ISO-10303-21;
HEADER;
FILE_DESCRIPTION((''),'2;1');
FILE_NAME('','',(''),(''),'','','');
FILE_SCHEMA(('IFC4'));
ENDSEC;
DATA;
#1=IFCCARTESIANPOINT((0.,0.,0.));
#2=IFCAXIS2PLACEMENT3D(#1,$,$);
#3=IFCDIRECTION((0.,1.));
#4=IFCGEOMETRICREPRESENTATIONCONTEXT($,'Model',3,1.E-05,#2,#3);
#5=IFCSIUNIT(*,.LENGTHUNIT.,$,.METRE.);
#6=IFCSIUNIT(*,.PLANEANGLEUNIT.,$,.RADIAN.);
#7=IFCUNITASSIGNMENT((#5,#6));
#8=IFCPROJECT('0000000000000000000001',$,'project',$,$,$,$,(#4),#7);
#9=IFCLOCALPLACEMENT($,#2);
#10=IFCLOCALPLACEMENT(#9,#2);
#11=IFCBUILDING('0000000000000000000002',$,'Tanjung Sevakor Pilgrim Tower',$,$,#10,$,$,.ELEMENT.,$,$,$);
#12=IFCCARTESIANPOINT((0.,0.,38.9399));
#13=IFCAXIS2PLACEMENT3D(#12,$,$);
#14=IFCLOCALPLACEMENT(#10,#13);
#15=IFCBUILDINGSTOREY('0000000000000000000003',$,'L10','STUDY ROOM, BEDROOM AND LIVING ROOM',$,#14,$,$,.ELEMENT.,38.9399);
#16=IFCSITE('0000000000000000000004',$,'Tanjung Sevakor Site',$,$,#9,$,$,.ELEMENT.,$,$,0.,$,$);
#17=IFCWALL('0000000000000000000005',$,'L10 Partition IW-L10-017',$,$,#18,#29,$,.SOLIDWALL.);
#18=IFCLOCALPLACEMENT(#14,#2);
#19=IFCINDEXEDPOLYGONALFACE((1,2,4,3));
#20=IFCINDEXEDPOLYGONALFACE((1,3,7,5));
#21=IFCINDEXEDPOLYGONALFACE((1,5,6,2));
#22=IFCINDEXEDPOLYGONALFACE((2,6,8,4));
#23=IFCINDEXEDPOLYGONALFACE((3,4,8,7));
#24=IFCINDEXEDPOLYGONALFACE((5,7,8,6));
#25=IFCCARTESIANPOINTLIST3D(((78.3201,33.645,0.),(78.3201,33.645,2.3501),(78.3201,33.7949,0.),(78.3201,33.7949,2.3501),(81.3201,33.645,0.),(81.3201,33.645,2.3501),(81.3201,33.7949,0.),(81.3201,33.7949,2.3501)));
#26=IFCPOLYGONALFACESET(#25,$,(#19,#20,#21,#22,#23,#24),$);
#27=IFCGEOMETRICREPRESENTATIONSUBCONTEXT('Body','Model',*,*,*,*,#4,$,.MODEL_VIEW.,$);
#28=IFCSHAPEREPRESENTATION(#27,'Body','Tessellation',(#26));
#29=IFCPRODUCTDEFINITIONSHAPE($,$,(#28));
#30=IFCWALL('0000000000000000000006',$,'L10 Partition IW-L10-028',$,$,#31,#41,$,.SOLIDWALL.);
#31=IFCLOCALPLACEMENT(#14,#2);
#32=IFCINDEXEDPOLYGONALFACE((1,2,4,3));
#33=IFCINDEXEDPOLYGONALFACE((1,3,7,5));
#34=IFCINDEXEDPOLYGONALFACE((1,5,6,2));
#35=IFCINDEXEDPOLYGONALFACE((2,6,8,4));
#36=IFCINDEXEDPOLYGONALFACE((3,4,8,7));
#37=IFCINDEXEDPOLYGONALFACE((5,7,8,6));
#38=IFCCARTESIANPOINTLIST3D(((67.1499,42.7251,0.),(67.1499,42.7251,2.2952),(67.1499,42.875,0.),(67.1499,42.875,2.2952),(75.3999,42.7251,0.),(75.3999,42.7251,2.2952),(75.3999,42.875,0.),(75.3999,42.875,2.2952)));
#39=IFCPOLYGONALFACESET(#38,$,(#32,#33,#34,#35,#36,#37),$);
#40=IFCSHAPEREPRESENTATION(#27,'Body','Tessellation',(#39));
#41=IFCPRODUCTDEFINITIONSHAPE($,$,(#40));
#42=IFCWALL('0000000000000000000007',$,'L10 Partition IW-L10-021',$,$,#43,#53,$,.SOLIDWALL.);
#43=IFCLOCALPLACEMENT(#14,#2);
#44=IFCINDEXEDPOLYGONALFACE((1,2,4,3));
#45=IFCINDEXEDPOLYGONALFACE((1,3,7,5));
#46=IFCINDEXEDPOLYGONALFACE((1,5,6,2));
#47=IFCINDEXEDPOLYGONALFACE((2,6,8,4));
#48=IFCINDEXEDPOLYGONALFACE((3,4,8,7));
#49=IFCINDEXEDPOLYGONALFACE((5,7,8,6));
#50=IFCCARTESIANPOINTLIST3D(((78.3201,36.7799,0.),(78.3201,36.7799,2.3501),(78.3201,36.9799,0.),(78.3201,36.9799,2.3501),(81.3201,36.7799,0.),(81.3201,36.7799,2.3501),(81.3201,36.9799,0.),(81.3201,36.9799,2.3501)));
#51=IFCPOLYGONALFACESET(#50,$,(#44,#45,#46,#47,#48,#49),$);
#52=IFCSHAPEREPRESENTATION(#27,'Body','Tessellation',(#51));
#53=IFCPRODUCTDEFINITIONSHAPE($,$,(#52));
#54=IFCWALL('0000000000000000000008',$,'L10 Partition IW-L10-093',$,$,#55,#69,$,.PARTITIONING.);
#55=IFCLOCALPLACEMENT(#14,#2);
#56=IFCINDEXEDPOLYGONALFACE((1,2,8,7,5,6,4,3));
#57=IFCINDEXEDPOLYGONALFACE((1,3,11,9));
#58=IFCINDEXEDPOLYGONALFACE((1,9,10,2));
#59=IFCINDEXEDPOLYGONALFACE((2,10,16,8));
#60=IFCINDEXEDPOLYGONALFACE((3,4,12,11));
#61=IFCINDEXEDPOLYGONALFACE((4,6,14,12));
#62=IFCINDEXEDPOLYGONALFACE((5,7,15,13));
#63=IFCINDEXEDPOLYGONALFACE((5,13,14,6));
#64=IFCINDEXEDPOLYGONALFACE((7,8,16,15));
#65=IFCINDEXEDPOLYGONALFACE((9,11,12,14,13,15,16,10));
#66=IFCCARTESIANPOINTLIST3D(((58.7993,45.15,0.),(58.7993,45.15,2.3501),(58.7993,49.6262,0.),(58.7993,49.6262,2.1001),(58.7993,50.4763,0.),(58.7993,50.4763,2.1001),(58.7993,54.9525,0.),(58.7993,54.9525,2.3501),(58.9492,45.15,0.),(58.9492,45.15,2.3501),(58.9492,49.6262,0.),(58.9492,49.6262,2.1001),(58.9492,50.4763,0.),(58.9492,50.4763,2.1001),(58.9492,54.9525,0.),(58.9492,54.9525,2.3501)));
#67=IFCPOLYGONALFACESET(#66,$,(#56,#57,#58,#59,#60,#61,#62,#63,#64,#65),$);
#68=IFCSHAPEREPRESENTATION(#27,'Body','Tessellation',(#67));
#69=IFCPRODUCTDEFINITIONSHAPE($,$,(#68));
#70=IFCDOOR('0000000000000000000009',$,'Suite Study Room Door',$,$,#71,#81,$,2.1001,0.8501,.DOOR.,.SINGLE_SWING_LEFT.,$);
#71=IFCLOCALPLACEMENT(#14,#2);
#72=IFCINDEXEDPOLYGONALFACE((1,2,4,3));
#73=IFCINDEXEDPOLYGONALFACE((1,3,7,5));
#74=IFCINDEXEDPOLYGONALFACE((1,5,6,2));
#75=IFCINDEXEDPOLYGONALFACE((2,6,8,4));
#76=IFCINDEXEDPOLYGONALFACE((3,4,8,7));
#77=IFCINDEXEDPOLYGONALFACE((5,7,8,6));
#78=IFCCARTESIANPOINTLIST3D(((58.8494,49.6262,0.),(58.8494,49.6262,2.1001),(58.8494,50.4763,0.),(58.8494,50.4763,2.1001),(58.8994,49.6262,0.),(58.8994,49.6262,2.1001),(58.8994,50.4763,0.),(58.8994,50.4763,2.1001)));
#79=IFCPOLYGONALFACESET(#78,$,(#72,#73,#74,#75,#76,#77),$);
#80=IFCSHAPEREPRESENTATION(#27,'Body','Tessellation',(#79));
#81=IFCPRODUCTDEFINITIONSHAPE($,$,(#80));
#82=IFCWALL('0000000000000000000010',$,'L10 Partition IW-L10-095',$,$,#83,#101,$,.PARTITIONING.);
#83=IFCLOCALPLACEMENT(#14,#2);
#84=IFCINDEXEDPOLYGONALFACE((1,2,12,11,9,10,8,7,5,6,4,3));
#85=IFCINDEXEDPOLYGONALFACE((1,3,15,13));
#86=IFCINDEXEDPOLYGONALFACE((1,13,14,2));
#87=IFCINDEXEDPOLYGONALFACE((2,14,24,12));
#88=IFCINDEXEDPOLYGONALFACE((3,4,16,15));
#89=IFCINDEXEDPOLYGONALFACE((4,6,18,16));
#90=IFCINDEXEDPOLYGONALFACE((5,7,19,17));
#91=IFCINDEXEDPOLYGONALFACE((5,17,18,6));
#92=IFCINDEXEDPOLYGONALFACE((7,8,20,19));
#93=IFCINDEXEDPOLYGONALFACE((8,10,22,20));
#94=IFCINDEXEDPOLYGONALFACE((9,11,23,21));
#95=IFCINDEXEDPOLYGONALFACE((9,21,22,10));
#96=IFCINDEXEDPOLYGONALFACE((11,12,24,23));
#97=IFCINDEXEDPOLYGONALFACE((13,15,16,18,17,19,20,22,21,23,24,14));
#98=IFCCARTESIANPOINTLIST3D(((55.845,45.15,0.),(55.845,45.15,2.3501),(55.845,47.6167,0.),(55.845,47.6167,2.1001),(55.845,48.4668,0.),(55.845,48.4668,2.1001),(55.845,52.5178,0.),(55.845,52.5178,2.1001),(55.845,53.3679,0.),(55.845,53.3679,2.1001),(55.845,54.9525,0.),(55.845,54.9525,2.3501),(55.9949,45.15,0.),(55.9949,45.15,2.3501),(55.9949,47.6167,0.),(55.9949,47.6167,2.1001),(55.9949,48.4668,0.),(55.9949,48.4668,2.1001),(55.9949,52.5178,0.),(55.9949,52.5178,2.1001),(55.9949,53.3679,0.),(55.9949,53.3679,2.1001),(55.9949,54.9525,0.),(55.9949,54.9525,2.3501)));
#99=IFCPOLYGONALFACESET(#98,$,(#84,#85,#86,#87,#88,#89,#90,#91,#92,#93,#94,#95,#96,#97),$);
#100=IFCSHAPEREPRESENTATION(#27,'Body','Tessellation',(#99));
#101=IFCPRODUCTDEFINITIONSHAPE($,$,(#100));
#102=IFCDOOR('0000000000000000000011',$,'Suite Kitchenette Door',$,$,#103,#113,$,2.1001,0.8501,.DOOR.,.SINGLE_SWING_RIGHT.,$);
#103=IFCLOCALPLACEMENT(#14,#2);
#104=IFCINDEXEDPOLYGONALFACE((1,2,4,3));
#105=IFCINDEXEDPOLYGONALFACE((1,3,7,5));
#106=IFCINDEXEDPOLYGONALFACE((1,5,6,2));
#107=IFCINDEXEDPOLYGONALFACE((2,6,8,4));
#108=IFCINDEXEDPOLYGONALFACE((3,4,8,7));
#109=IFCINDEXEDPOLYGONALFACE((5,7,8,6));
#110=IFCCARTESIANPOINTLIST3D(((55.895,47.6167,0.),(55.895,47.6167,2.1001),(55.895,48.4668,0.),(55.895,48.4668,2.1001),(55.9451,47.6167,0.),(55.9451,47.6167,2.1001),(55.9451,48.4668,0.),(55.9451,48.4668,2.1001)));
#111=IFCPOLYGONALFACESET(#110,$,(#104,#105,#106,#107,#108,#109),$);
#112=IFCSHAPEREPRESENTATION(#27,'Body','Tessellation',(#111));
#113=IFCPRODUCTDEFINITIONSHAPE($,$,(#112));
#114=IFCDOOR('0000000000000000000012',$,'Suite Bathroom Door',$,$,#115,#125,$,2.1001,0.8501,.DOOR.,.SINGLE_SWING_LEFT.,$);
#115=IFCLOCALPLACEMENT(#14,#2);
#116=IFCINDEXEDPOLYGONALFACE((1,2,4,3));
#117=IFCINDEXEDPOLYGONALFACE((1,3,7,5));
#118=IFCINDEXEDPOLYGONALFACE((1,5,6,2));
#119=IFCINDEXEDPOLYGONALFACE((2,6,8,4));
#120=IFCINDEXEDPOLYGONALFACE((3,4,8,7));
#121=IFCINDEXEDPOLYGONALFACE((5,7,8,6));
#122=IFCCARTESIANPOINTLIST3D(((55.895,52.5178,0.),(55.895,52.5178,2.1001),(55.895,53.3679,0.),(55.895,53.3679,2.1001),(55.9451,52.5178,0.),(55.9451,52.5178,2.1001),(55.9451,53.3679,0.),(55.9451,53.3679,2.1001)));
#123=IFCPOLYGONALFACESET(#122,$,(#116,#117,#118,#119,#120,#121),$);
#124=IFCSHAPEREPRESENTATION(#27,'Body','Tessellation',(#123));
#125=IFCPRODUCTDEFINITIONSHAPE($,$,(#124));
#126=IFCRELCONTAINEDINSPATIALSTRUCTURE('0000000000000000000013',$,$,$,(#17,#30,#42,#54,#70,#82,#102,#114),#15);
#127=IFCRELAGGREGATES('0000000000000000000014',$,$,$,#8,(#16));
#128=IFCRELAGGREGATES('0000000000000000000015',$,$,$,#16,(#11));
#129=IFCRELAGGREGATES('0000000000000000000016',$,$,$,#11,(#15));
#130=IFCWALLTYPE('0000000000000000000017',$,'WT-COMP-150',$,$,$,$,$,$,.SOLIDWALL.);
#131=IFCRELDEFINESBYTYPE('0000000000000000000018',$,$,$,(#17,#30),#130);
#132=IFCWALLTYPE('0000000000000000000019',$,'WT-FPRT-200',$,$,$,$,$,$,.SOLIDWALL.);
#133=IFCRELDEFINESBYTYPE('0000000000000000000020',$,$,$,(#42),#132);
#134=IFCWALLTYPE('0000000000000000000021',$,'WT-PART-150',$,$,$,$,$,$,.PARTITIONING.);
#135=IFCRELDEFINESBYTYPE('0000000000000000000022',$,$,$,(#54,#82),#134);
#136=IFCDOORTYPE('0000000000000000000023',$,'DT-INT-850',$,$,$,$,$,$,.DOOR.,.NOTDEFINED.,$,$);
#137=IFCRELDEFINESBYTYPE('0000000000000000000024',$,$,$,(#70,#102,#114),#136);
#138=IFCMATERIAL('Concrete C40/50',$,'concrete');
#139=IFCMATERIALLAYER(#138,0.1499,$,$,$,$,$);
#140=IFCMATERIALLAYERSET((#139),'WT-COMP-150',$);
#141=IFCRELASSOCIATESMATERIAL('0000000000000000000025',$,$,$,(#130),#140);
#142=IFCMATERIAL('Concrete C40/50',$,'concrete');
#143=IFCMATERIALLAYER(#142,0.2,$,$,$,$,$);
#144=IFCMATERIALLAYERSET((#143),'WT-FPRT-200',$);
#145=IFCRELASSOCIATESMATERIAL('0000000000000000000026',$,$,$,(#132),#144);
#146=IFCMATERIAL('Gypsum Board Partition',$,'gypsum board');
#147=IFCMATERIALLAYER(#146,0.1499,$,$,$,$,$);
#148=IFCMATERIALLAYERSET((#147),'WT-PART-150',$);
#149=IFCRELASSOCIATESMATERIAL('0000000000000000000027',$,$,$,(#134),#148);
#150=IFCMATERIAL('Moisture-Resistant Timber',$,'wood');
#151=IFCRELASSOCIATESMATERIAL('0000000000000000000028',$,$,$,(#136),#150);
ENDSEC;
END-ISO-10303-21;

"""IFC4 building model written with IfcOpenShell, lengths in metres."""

from ifc_helpers import new_model, si_unit, direction, frame, frame_2d, origin, place, context, subcontext, project, spatial, rectangle, extrude, material, layer, layer_set, type_object, element, fill, save


model = new_model("IFC4")

# Units and contexts
model_context = context("Model", 3, precision=1e-05, world=origin(), true_north=direction((0.0, 1.0)))
body_context = subcontext(model_context, "Body", "Model", "MODEL_VIEW")
ifc_project = project(units=[si_unit("LENGTHUNIT", "METRE"), si_unit("PLANEANGLEUNIT", "RADIAN")], contexts=[model_context])

# Site, building, storey
site_placement = place(None, origin())
site = spatial("IfcSite", under=ifc_project, at=site_placement, Name="Tanjung Sevakor Site", CompositionType="ELEMENT", RefElevation=0.0)
building_placement = place(site_placement, origin())
building = spatial("IfcBuilding", under=site, at=building_placement, Name="Tanjung Sevakor Pilgrim Tower", CompositionType="ELEMENT")
storey_placement = place(building_placement, frame((0.0, 0.0, 38.9399)))
storey = spatial("IfcBuildingStorey", under=building, at=storey_placement, Name="L10", Description="STUDY ROOM, BEDROOM AND LIVING ROOM", CompositionType="ELEMENT", Elevation=38.9399)

# Walls
ifc_material_1 = material(Name="Concrete C40/50", Category="concrete")
ifc_layer_1 = layer(ifc_material_1, 0.1499)
ifc_layer_set_1 = layer_set([ifc_layer_1], Name="WT-COMP-150")
wall_type_1 = type_object("IfcWallType", Name="WT-COMP-150", PredefinedType="SOLIDWALL", material=ifc_layer_set_1)
for number, where, z_axis, x_axis, name in (
    (1, (78.3201, 33.72, 0.0), (0.0, 0.0, 1.0), (1.0, 0.0, 0.0), "L10 Partition IW-L10-017"),
):
    element("IfcWall", number, at=place(storey_placement, frame(where, z_axis=z_axis, x_axis=x_axis)), inside=storey, type_object=wall_type_1, Name=name, PredefinedType="SOLIDWALL", context=body_context, shape_type="SweptSolid", body=[
        extrude(rectangle(XDim=3.0, YDim=0.1499, at=frame_2d((1.5, 0.0))), origin(), (0.0, 0.0, 1.0), 2.3501),
    ])
wall_1_placement = place(storey_placement, frame((67.1499, 42.8, 0.0), z_axis=(0.0, 0.0, 1.0), x_axis=(1.0, 0.0, 0.0)))
element("IfcWall", 2, at=wall_1_placement, inside=storey, type_object=wall_type_1, Name="L10 Partition IW-L10-028", PredefinedType="SOLIDWALL", context=body_context, shape_type="SweptSolid", body=[
    extrude(rectangle(XDim=8.25, YDim=0.1499, at=frame_2d((4.125, 0.0))), origin(), (0.0, 0.0, 1.0), 2.2952),
])
ifc_material_2 = material(Name="Concrete C40/50", Category="concrete")
ifc_layer_2 = layer(ifc_material_2, 0.2)
ifc_layer_set_2 = layer_set([ifc_layer_2], Name="WT-FPRT-200")
wall_type_2 = type_object("IfcWallType", Name="WT-FPRT-200", PredefinedType="SOLIDWALL", material=ifc_layer_set_2)
wall_2_placement = place(storey_placement, frame((78.3201, 36.8799, 0.0), z_axis=(0.0, 0.0, 1.0), x_axis=(1.0, 0.0, 0.0)))
element("IfcWall", 3, at=wall_2_placement, inside=storey, type_object=wall_type_2, Name="L10 Partition IW-L10-021", PredefinedType="SOLIDWALL", context=body_context, shape_type="SweptSolid", body=[
    extrude(rectangle(XDim=3.0, YDim=0.2, at=frame_2d((1.5, 0.0))), origin(), (0.0, 0.0, 1.0), 2.3501),
])

# Wall, opening, door
ifc_material_3 = material(Name="Gypsum Board Partition", Category="gypsum board")
ifc_layer_3 = layer(ifc_material_3, 0.1499)
ifc_layer_set_3 = layer_set([ifc_layer_3], Name="WT-PART-150")
wall_type_3 = type_object("IfcWallType", Name="WT-PART-150", PredefinedType="PARTITIONING", material=ifc_layer_set_3)
wall_3_placement = place(storey_placement, frame((58.8743, 45.1499, 0.0), z_axis=(0.0, 0.0, 1.0), x_axis=(0.0, 1.0, 0.0)))
wall_3 = element("IfcWall", 4, at=wall_3_placement, inside=storey, type_object=wall_type_3, Name="L10 Partition IW-L10-093", PredefinedType="PARTITIONING", context=body_context, shape_type="SweptSolid", body=[
    extrude(rectangle(XDim=9.8025, YDim=0.1499, at=frame_2d((4.9014, 0.0))), origin(), (0.0, 0.0, 1.0), 2.3501),
])
opening_1_placement = place(wall_3_placement, frame((4.4763, 0.0, 0.0)))
opening_1 = element("IfcOpeningElement", 5, at=opening_1_placement, cuts=wall_3, PredefinedType="OPENING", context=body_context, shape_type="SweptSolid", body=[
    extrude(rectangle(XDim=0.8501, YDim=2.1001, at=frame_2d((0.425, 1.05))), frame((0.0, 0.085, 0.0), z_axis=(0.0, -1.0, 0.0), x_axis=(1.0, 0.0, 0.0)), (0.0, 0.0, 1.0), 0.1699),
])
ifc_material_4 = material(Name="Moisture-Resistant Timber", Category="wood")
door_type = type_object("IfcDoorType", Name="DT-INT-850", OperationType="NOTDEFINED", PredefinedType="DOOR", material=ifc_material_4)
door_1_placement = place(opening_1_placement, origin())
door_1 = element("IfcDoor", 6, at=door_1_placement, inside=storey, type_object=door_type, Name="Suite Study Room Door", OperationType="SINGLE_SWING_LEFT", OverallHeight=2.1001, OverallWidth=0.8501, PredefinedType="DOOR", context=body_context, shape_type="SweptSolid", body=[
    extrude(rectangle(XDim=0.8501, YDim=2.1001, at=frame_2d((0.425, 1.05))), frame((0.0, 0.0249, 0.0), z_axis=(0.0, -1.0, 0.0), x_axis=(1.0, 0.0, 0.0)), (0.0, 0.0, 1.0), 0.05),
])
fill(opening_1, door_1)

# Wall, openings, doors
wall_4_placement = place(storey_placement, frame((55.9199, 45.1499, 0.0), z_axis=(0.0, 0.0, 1.0), x_axis=(0.0, 1.0, 0.0)))
wall_4 = element("IfcWall", 7, at=wall_4_placement, inside=storey, type_object=wall_type_3, Name="L10 Partition IW-L10-095", PredefinedType="PARTITIONING", context=body_context, shape_type="SweptSolid", body=[
    extrude(rectangle(XDim=9.8025, YDim=0.1499, at=frame_2d((4.9014, 0.0))), origin(), (0.0, 0.0, 1.0), 2.3501),
])
opening_2_placement = place(wall_4_placement, frame((2.4668, 0.0, 0.0)))
opening_2 = element("IfcOpeningElement", 8, at=opening_2_placement, cuts=wall_4, PredefinedType="OPENING", context=body_context, shape_type="SweptSolid", body=[
    extrude(rectangle(XDim=0.8501, YDim=2.1001, at=frame_2d((0.425, 1.05))), frame((0.0, 0.085, 0.0), z_axis=(0.0, -1.0, 0.0), x_axis=(1.0, 0.0, 0.0)), (0.0, 0.0, 1.0), 0.1699),
])
opening_3_placement = place(wall_4_placement, frame((7.3679, 0.0, 0.0)))
opening_3 = element("IfcOpeningElement", 9, at=opening_3_placement, cuts=wall_4, PredefinedType="OPENING", context=body_context, shape_type="SweptSolid", body=[
    extrude(rectangle(XDim=0.8501, YDim=2.1001, at=frame_2d((0.425, 1.05))), frame((0.0, 0.085, 0.0), z_axis=(0.0, -1.0, 0.0), x_axis=(1.0, 0.0, 0.0)), (0.0, 0.0, 1.0), 0.1699),
])
door_2_placement = place(opening_2_placement, origin())
door_2 = element("IfcDoor", 10, at=door_2_placement, inside=storey, type_object=door_type, Name="Suite Kitchenette Door", OperationType="SINGLE_SWING_RIGHT", OverallHeight=2.1001, OverallWidth=0.8501, PredefinedType="DOOR", context=body_context, shape_type="SweptSolid", body=[
    extrude(rectangle(XDim=0.8501, YDim=2.1001, at=frame_2d((0.425, 1.05))), frame((0.0, 0.0249, 0.0), z_axis=(0.0, -1.0, 0.0), x_axis=(1.0, 0.0, 0.0)), (0.0, 0.0, 1.0), 0.05),
])
fill(opening_2, door_2)
door_3_placement = place(opening_3_placement, origin())
door_3 = element("IfcDoor", 11, at=door_3_placement, inside=storey, type_object=door_type, Name="Suite Bathroom Door", OperationType="SINGLE_SWING_LEFT", OverallHeight=2.1001, OverallWidth=0.8501, PredefinedType="DOOR", context=body_context, shape_type="SweptSolid", body=[
    extrude(rectangle(XDim=0.8501, YDim=2.1001, at=frame_2d((0.425, 1.05))), frame((0.0, 0.0249, 0.0), z_axis=(0.0, -1.0, 0.0), x_axis=(1.0, 0.0, 0.0)), (0.0, 0.0, 1.0), 0.05),
])
fill(opening_3, door_3)

save(model, "model.ifc")
